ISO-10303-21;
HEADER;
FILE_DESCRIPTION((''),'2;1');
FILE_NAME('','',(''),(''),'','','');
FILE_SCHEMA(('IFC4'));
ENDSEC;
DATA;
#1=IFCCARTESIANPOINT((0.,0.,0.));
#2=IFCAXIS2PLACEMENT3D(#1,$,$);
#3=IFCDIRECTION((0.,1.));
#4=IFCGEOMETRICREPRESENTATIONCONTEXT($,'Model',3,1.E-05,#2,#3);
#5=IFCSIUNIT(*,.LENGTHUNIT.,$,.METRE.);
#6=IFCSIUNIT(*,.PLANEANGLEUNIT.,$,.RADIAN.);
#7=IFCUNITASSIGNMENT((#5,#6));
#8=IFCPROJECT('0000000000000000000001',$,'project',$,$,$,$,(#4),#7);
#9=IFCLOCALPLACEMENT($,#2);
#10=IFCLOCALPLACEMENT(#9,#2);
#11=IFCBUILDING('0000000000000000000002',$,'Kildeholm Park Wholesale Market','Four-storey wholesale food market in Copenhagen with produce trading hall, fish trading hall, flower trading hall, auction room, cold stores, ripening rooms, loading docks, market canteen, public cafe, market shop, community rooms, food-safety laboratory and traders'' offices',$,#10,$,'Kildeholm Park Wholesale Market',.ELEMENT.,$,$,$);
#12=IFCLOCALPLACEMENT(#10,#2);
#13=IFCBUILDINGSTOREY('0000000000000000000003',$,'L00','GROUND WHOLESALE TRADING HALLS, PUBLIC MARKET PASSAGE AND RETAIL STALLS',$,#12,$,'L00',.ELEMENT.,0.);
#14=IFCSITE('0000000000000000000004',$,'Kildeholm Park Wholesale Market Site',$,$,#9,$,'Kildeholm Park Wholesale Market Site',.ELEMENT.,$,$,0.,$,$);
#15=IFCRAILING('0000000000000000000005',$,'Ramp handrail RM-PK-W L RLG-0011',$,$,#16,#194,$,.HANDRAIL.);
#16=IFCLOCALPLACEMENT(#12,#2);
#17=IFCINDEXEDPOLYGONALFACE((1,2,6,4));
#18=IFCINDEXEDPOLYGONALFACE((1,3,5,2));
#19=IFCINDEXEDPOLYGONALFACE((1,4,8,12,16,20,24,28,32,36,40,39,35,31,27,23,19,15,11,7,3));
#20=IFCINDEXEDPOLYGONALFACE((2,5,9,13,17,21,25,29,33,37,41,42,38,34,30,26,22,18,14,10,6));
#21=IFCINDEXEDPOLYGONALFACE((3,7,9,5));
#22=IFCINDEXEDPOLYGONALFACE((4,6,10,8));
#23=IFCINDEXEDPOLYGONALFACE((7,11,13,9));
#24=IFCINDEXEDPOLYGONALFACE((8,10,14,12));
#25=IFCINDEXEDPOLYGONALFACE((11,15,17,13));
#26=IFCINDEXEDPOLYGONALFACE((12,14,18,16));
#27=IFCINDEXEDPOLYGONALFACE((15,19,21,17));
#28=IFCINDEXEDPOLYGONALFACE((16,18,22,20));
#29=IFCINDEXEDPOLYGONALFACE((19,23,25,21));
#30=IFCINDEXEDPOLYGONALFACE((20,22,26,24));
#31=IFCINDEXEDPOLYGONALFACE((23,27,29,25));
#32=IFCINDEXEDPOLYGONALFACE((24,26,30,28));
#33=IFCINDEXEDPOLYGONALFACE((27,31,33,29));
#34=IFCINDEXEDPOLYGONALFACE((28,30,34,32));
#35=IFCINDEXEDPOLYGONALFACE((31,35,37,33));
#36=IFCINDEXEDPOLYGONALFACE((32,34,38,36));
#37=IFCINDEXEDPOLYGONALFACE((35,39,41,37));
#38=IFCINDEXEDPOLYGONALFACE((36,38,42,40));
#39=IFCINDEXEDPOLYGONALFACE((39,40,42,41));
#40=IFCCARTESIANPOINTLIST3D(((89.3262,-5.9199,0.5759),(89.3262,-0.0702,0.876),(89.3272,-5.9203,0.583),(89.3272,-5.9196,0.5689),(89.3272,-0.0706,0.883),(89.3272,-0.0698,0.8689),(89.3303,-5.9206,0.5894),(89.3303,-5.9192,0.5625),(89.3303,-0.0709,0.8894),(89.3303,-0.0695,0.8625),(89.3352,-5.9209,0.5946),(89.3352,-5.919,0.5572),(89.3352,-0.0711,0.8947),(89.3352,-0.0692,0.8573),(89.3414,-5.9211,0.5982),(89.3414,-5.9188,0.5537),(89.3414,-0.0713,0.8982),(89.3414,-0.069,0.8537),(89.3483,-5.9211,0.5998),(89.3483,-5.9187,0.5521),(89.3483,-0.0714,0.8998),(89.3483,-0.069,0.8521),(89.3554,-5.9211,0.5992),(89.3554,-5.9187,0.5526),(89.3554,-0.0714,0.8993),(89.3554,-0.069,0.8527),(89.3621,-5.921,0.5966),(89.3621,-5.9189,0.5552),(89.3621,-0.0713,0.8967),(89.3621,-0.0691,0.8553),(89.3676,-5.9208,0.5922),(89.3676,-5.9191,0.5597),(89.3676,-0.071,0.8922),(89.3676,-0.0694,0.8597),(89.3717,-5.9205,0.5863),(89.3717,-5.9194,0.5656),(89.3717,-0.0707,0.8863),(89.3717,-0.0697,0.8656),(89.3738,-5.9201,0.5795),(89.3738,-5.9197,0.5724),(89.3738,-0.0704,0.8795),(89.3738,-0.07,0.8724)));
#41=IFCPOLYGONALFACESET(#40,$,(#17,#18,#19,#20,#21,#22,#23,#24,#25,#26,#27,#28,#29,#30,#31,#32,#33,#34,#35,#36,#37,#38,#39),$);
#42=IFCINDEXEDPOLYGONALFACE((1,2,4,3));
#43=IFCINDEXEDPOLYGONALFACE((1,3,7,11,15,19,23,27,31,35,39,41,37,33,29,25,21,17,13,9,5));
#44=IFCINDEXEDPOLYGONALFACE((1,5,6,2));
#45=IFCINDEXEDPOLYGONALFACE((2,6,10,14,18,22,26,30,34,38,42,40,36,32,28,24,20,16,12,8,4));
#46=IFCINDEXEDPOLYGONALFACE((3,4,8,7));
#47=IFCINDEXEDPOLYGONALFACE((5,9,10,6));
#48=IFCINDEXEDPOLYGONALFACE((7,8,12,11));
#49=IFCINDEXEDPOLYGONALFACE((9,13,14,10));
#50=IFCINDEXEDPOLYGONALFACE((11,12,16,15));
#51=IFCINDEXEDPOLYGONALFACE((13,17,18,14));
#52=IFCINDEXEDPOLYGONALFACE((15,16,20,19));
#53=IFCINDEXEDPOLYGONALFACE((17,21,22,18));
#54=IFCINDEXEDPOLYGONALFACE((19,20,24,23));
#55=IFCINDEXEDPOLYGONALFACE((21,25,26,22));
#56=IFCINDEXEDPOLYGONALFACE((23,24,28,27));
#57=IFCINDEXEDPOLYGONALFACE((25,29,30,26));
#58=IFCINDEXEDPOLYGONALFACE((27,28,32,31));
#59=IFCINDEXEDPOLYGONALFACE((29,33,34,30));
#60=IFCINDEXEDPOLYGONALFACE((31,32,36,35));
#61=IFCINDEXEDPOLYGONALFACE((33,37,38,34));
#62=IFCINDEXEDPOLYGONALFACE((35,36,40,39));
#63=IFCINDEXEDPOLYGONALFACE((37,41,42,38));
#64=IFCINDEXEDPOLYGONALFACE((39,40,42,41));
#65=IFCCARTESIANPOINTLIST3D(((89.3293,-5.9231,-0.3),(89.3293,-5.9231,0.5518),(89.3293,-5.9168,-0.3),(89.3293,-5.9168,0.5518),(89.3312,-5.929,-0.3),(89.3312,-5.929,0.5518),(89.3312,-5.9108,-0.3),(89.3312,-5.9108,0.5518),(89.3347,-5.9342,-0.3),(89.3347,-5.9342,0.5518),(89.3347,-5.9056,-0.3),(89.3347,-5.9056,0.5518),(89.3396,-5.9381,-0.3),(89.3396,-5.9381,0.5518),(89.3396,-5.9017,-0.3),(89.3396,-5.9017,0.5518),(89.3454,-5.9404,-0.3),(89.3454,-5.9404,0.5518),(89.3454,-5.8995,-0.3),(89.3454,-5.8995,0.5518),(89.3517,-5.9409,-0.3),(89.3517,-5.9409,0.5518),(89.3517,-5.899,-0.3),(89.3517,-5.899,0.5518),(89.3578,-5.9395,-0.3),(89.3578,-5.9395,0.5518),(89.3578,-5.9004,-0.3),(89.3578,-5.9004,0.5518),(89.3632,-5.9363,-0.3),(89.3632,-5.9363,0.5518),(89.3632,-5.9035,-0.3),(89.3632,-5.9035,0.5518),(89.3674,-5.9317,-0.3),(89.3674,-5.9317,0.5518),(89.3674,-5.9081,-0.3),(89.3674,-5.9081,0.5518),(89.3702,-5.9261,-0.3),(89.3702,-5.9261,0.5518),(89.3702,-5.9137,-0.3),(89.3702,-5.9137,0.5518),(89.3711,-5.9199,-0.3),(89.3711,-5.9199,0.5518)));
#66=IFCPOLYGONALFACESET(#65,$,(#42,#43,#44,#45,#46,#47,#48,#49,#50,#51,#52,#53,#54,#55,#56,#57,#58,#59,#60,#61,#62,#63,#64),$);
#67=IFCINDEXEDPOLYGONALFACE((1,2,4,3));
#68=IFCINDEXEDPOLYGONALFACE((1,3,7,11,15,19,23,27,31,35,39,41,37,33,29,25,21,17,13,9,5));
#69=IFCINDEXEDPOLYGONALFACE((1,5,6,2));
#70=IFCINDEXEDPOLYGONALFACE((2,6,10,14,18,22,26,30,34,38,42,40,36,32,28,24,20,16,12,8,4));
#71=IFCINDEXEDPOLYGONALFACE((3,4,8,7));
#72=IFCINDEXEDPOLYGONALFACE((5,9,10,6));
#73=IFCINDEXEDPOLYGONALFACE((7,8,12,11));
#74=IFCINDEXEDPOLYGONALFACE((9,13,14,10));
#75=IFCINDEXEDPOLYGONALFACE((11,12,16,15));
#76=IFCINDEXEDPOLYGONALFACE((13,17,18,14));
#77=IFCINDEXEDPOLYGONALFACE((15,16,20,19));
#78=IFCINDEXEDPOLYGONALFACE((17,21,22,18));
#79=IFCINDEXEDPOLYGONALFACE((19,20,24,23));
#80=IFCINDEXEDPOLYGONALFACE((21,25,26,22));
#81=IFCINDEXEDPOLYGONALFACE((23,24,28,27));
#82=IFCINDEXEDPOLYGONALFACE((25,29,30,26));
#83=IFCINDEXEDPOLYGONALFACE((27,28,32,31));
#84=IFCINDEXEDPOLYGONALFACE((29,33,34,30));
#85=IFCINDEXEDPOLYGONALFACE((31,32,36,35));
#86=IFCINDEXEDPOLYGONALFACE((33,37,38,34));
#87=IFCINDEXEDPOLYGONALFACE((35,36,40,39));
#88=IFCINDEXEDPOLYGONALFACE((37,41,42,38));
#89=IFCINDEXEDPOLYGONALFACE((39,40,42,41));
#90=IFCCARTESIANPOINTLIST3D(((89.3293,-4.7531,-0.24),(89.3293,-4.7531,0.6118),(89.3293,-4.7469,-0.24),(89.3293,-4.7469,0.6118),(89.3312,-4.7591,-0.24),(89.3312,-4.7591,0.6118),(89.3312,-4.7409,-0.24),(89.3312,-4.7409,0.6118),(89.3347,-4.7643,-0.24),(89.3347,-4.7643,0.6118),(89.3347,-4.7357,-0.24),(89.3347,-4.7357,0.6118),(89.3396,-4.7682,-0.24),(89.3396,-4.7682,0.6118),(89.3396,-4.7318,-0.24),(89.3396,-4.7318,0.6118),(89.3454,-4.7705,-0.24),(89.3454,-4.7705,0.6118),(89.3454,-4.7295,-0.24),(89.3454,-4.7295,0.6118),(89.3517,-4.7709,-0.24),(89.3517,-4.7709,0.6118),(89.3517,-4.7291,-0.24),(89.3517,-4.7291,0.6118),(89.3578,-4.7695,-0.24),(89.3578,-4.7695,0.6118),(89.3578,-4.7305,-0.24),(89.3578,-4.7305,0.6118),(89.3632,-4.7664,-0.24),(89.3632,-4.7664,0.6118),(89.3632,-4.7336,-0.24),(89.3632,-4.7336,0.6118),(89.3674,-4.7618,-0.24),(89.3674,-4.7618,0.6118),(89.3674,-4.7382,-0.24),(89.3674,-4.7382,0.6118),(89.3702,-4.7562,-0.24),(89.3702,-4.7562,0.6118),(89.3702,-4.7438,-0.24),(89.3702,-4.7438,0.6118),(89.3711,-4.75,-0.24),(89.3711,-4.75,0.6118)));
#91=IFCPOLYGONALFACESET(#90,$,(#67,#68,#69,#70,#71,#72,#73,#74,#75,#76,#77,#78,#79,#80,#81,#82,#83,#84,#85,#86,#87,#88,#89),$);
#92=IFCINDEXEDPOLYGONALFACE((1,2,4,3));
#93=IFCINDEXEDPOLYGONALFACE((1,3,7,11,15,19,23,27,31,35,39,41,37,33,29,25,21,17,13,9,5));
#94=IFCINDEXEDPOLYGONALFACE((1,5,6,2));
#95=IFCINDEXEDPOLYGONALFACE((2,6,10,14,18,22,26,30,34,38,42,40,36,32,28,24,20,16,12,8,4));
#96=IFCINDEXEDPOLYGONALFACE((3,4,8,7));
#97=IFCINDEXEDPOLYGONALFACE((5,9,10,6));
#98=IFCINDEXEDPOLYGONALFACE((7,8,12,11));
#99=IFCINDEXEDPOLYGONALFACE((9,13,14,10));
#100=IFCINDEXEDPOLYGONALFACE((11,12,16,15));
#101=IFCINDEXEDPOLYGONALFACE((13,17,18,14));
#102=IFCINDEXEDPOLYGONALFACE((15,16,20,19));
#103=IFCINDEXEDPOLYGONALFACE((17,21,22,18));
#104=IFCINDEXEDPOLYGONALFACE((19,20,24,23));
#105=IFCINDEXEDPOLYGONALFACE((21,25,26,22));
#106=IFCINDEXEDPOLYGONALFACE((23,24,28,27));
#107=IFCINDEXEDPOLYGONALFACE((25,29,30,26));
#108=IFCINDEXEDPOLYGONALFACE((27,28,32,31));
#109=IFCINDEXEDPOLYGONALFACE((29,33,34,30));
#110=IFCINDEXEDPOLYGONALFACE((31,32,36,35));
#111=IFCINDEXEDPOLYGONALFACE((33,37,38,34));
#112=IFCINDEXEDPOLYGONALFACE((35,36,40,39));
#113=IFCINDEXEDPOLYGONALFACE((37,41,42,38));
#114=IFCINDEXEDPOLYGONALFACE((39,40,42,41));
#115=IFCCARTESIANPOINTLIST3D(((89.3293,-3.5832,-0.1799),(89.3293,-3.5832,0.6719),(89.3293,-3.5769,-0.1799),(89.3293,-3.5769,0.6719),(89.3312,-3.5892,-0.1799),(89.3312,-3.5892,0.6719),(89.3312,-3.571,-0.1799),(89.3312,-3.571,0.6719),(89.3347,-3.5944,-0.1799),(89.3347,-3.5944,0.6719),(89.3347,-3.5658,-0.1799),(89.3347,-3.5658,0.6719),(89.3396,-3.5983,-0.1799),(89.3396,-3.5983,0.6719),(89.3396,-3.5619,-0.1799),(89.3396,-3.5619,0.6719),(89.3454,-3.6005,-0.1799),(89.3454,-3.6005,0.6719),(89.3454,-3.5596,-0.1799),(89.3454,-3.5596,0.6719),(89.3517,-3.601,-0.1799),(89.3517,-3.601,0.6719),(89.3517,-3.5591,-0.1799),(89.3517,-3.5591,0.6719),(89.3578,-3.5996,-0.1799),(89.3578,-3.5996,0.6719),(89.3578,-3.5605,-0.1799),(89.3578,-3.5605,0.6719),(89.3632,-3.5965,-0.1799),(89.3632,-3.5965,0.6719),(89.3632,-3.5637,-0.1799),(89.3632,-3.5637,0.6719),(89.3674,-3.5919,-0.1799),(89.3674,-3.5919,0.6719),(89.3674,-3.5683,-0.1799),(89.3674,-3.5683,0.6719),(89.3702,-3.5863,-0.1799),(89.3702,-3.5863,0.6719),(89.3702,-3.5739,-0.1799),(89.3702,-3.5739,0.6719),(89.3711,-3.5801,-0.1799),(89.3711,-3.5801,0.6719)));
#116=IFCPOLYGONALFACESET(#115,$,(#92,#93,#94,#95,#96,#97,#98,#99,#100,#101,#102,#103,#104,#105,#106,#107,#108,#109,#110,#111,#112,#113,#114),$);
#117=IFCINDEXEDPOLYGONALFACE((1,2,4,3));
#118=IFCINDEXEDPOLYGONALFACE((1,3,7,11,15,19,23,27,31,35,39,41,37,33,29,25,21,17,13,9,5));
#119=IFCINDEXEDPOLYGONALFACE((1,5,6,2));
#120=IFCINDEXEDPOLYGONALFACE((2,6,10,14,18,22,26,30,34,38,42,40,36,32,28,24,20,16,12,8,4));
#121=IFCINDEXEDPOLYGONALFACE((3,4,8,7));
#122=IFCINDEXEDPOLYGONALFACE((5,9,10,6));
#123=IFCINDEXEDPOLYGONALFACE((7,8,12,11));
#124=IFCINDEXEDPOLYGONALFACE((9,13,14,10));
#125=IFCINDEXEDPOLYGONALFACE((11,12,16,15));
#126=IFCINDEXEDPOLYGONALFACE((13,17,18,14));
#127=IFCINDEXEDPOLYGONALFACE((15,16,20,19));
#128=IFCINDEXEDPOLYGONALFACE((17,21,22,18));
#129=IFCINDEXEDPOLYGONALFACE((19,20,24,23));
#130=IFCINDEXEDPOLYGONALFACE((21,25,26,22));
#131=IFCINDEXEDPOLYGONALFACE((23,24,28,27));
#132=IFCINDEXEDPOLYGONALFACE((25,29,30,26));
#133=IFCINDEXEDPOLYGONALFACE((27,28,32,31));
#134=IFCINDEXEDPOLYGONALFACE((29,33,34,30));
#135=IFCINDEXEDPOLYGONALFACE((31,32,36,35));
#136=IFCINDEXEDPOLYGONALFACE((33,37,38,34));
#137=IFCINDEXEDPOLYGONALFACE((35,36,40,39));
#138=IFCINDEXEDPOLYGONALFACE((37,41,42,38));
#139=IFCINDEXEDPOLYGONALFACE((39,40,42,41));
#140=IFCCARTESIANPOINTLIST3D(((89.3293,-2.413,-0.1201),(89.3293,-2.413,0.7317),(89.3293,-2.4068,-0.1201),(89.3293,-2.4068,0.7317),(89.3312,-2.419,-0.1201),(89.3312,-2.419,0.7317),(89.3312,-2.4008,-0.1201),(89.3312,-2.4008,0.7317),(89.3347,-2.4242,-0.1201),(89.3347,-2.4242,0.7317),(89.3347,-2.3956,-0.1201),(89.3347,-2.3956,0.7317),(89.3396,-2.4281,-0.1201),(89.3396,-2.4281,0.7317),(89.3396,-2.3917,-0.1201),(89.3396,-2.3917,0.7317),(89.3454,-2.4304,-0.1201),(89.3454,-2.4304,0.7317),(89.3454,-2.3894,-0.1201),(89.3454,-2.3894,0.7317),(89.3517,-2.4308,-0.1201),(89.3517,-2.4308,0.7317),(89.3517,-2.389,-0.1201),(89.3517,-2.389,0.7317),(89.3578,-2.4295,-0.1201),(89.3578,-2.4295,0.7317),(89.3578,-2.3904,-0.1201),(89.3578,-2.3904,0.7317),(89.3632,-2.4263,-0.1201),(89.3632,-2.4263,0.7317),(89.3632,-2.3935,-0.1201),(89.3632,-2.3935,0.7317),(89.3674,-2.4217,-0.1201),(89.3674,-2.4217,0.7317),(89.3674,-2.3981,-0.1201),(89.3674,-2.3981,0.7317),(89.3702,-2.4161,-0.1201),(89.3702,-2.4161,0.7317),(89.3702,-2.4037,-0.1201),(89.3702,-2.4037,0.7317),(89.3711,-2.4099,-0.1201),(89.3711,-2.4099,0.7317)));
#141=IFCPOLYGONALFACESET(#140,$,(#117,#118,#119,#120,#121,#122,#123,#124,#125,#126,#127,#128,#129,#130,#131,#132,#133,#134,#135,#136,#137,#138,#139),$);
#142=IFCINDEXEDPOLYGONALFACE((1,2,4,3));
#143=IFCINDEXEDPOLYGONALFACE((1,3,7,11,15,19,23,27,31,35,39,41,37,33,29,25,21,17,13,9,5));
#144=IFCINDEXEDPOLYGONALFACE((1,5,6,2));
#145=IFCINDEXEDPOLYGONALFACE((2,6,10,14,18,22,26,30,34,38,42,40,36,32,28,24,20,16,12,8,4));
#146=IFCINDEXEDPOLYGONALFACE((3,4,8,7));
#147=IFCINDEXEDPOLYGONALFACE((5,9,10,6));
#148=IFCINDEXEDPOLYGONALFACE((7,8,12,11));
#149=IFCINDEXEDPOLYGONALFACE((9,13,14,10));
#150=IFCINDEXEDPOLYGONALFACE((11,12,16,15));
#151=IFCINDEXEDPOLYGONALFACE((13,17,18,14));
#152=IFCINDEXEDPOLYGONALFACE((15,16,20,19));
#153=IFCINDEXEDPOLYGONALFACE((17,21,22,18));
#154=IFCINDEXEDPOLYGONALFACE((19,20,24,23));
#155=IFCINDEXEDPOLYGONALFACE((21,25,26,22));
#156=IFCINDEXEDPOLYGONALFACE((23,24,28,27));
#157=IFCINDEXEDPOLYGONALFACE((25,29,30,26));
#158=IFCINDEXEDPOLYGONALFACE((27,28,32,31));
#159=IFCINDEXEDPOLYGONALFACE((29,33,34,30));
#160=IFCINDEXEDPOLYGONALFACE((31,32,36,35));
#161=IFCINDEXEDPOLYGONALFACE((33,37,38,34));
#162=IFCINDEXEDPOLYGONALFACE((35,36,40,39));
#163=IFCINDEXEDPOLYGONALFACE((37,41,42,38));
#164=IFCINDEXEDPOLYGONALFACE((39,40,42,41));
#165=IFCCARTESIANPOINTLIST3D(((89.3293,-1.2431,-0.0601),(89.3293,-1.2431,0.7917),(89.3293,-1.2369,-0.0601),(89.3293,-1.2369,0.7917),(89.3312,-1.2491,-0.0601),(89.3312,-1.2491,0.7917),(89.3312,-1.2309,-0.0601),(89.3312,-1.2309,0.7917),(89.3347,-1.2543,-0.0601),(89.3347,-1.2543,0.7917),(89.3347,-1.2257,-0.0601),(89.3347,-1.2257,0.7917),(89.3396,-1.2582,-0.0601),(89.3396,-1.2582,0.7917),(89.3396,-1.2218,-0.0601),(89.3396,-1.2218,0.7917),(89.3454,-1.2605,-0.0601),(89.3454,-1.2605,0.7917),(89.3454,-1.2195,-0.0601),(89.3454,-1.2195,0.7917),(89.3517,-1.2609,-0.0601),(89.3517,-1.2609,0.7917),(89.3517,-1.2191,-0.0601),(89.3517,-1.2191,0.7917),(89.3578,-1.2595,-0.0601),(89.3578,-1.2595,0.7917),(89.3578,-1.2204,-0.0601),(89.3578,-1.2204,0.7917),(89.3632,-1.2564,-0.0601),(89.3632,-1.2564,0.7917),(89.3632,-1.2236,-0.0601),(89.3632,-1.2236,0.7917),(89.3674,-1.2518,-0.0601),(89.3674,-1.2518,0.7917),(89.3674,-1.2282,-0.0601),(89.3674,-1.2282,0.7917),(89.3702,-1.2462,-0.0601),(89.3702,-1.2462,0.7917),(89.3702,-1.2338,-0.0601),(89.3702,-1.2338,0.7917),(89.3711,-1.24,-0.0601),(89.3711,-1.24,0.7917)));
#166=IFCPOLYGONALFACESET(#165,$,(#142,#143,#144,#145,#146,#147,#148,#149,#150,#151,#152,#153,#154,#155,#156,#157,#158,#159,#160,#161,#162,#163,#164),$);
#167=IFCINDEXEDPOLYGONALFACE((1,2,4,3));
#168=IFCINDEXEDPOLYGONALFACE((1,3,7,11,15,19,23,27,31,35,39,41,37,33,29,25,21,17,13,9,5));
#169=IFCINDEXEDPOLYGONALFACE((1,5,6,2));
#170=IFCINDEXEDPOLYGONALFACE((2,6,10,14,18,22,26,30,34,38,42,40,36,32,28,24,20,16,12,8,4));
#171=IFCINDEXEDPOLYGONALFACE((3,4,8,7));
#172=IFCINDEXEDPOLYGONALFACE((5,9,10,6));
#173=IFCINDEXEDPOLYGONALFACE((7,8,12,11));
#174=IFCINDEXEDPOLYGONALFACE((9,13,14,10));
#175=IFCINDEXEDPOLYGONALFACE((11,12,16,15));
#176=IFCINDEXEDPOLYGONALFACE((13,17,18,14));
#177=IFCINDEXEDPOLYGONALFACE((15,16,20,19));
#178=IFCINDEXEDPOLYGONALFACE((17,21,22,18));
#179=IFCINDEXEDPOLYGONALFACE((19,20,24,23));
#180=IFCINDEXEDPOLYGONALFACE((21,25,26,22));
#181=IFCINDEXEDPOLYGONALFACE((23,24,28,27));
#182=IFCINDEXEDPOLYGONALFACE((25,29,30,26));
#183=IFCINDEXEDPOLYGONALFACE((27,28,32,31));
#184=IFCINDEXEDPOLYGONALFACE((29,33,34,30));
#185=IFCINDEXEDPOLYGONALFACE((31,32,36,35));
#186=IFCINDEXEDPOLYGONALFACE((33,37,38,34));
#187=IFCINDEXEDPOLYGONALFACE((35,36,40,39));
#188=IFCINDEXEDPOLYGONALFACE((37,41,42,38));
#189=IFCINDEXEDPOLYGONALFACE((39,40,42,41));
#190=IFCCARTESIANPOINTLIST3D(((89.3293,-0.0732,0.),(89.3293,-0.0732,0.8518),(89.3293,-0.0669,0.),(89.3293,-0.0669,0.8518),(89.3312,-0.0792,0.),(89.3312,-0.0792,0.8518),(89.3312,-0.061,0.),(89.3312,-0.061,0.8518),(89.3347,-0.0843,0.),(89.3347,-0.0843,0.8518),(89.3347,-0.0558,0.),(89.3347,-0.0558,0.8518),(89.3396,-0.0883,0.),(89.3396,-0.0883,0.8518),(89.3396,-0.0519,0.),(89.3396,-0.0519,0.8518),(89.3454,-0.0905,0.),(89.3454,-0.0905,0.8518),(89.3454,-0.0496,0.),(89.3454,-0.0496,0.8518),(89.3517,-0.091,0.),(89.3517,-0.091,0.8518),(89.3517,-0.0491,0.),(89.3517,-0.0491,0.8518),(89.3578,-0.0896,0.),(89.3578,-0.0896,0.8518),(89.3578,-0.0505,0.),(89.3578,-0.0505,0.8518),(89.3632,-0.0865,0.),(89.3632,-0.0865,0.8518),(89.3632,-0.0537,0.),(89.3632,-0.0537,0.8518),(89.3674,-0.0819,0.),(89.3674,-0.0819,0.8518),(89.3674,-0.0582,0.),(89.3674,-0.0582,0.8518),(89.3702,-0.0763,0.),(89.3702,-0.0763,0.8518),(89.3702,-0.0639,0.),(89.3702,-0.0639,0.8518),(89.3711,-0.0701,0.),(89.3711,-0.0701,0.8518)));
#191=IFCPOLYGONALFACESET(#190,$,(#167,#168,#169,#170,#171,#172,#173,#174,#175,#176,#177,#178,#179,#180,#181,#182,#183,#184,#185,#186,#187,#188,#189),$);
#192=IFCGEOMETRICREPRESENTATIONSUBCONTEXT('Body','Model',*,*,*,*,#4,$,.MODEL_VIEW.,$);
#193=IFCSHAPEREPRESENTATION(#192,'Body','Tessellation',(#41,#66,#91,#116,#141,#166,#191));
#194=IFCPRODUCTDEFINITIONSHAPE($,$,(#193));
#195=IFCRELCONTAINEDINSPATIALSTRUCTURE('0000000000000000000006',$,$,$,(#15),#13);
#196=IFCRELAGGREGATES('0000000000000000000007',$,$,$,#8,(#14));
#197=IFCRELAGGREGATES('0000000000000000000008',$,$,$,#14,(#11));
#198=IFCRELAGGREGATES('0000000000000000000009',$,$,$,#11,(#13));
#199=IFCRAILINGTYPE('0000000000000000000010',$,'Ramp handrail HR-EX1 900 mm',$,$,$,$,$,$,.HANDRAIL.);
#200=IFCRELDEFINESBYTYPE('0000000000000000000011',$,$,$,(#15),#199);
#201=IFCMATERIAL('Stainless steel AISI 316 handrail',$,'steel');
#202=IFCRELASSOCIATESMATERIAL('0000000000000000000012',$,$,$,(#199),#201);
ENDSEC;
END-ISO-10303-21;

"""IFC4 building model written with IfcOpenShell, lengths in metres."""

from ifc_helpers import new_model, si_unit, direction, frame, origin, origin_2d, place, context, subcontext, project, spatial, circle, extrude, material, type_object, element, save


model = new_model("IFC4")

# Units and contexts
model_context = context("Model", 3, precision=1e-05, world=origin(), true_north=direction((0.0, 1.0)))
body_context = subcontext(model_context, "Body", "Model", "MODEL_VIEW")
ifc_project = project(units=[si_unit("LENGTHUNIT", "METRE"), si_unit("PLANEANGLEUNIT", "RADIAN")], contexts=[model_context])

# Site, building, storey
site_placement = place(None, origin())
site = spatial("IfcSite", under=ifc_project, at=site_placement, Name="Kildeholm Park Wholesale Market Site", LongName="Kildeholm Park Wholesale Market Site", CompositionType="ELEMENT", RefElevation=0.0)
building_placement = place(site_placement, origin())
building = spatial("IfcBuilding", under=site, at=building_placement, Name="Kildeholm Park Wholesale Market", Description="Four-storey wholesale food market in Copenhagen with produce trading hall, fish trading hall, flower trading hall, auction room, cold stores, ripening rooms, loading docks, market canteen, public cafe, market shop, community rooms, food-safety laboratory and traders' offices", LongName="Kildeholm Park Wholesale Market", CompositionType="ELEMENT")
storey_placement = place(building_placement, origin())
storey = spatial("IfcBuildingStorey", under=building, at=storey_placement, Name="L00", Description="GROUND WHOLESALE TRADING HALLS, PUBLIC MARKET PASSAGE AND RETAIL STALLS", LongName="L00", CompositionType="ELEMENT", Elevation=0.0)

# Railing
ifc_material_1 = material(Name="Stainless steel AISI 316 handrail", Category="steel")
railing_type = type_object("IfcRailingType", Name="Ramp handrail HR-EX1 900 mm", PredefinedType="HANDRAIL", material=ifc_material_1)
for number, where, name in (
    (1, (89.3501, -5.9199, -0.3), "Ramp handrail RM-PK-W L RLG-0011"),
):
    element("IfcRailing", number, at=place(storey_placement, frame(where)), inside=storey, type_object=railing_type, Name=name, PredefinedType="HANDRAIL", context=body_context, shape_type="SweptSolid", body=[
        extrude(circle(Radius=0.0239, at=origin_2d()), frame((0.0, 0.0, 0.876), z_axis=(0.0, 0.998687, 0.051224), x_axis=(-1.0, 0.0, 0.0)), (0.0, 0.0, 1.0), 5.8574),
        extrude(circle(Radius=0.021, at=origin_2d()), origin(), (0.0, 0.0, 1.0), 0.8518),
        extrude(circle(Radius=0.021, at=origin_2d()), frame((0.0, 1.1699, 0.0601)), (0.0, 0.0, 1.0), 0.8518),
        extrude(circle(Radius=0.021, at=origin_2d()), frame((0.0, 2.3398, 0.1201)), (0.0, 0.0, 1.0), 0.8518),
        extrude(circle(Radius=0.021, at=origin_2d()), frame((0.0, 3.51, 0.1799)), (0.0, 0.0, 1.0), 0.8518),
        extrude(circle(Radius=0.021, at=origin_2d()), frame((0.0, 4.6799, 0.24)), (0.0, 0.0, 1.0), 0.8518),
        extrude(circle(Radius=0.021, at=origin_2d()), frame((0.0, 5.8499, 0.3)), (0.0, 0.0, 1.0), 0.8518),
    ])

save(model, "model.ifc")
